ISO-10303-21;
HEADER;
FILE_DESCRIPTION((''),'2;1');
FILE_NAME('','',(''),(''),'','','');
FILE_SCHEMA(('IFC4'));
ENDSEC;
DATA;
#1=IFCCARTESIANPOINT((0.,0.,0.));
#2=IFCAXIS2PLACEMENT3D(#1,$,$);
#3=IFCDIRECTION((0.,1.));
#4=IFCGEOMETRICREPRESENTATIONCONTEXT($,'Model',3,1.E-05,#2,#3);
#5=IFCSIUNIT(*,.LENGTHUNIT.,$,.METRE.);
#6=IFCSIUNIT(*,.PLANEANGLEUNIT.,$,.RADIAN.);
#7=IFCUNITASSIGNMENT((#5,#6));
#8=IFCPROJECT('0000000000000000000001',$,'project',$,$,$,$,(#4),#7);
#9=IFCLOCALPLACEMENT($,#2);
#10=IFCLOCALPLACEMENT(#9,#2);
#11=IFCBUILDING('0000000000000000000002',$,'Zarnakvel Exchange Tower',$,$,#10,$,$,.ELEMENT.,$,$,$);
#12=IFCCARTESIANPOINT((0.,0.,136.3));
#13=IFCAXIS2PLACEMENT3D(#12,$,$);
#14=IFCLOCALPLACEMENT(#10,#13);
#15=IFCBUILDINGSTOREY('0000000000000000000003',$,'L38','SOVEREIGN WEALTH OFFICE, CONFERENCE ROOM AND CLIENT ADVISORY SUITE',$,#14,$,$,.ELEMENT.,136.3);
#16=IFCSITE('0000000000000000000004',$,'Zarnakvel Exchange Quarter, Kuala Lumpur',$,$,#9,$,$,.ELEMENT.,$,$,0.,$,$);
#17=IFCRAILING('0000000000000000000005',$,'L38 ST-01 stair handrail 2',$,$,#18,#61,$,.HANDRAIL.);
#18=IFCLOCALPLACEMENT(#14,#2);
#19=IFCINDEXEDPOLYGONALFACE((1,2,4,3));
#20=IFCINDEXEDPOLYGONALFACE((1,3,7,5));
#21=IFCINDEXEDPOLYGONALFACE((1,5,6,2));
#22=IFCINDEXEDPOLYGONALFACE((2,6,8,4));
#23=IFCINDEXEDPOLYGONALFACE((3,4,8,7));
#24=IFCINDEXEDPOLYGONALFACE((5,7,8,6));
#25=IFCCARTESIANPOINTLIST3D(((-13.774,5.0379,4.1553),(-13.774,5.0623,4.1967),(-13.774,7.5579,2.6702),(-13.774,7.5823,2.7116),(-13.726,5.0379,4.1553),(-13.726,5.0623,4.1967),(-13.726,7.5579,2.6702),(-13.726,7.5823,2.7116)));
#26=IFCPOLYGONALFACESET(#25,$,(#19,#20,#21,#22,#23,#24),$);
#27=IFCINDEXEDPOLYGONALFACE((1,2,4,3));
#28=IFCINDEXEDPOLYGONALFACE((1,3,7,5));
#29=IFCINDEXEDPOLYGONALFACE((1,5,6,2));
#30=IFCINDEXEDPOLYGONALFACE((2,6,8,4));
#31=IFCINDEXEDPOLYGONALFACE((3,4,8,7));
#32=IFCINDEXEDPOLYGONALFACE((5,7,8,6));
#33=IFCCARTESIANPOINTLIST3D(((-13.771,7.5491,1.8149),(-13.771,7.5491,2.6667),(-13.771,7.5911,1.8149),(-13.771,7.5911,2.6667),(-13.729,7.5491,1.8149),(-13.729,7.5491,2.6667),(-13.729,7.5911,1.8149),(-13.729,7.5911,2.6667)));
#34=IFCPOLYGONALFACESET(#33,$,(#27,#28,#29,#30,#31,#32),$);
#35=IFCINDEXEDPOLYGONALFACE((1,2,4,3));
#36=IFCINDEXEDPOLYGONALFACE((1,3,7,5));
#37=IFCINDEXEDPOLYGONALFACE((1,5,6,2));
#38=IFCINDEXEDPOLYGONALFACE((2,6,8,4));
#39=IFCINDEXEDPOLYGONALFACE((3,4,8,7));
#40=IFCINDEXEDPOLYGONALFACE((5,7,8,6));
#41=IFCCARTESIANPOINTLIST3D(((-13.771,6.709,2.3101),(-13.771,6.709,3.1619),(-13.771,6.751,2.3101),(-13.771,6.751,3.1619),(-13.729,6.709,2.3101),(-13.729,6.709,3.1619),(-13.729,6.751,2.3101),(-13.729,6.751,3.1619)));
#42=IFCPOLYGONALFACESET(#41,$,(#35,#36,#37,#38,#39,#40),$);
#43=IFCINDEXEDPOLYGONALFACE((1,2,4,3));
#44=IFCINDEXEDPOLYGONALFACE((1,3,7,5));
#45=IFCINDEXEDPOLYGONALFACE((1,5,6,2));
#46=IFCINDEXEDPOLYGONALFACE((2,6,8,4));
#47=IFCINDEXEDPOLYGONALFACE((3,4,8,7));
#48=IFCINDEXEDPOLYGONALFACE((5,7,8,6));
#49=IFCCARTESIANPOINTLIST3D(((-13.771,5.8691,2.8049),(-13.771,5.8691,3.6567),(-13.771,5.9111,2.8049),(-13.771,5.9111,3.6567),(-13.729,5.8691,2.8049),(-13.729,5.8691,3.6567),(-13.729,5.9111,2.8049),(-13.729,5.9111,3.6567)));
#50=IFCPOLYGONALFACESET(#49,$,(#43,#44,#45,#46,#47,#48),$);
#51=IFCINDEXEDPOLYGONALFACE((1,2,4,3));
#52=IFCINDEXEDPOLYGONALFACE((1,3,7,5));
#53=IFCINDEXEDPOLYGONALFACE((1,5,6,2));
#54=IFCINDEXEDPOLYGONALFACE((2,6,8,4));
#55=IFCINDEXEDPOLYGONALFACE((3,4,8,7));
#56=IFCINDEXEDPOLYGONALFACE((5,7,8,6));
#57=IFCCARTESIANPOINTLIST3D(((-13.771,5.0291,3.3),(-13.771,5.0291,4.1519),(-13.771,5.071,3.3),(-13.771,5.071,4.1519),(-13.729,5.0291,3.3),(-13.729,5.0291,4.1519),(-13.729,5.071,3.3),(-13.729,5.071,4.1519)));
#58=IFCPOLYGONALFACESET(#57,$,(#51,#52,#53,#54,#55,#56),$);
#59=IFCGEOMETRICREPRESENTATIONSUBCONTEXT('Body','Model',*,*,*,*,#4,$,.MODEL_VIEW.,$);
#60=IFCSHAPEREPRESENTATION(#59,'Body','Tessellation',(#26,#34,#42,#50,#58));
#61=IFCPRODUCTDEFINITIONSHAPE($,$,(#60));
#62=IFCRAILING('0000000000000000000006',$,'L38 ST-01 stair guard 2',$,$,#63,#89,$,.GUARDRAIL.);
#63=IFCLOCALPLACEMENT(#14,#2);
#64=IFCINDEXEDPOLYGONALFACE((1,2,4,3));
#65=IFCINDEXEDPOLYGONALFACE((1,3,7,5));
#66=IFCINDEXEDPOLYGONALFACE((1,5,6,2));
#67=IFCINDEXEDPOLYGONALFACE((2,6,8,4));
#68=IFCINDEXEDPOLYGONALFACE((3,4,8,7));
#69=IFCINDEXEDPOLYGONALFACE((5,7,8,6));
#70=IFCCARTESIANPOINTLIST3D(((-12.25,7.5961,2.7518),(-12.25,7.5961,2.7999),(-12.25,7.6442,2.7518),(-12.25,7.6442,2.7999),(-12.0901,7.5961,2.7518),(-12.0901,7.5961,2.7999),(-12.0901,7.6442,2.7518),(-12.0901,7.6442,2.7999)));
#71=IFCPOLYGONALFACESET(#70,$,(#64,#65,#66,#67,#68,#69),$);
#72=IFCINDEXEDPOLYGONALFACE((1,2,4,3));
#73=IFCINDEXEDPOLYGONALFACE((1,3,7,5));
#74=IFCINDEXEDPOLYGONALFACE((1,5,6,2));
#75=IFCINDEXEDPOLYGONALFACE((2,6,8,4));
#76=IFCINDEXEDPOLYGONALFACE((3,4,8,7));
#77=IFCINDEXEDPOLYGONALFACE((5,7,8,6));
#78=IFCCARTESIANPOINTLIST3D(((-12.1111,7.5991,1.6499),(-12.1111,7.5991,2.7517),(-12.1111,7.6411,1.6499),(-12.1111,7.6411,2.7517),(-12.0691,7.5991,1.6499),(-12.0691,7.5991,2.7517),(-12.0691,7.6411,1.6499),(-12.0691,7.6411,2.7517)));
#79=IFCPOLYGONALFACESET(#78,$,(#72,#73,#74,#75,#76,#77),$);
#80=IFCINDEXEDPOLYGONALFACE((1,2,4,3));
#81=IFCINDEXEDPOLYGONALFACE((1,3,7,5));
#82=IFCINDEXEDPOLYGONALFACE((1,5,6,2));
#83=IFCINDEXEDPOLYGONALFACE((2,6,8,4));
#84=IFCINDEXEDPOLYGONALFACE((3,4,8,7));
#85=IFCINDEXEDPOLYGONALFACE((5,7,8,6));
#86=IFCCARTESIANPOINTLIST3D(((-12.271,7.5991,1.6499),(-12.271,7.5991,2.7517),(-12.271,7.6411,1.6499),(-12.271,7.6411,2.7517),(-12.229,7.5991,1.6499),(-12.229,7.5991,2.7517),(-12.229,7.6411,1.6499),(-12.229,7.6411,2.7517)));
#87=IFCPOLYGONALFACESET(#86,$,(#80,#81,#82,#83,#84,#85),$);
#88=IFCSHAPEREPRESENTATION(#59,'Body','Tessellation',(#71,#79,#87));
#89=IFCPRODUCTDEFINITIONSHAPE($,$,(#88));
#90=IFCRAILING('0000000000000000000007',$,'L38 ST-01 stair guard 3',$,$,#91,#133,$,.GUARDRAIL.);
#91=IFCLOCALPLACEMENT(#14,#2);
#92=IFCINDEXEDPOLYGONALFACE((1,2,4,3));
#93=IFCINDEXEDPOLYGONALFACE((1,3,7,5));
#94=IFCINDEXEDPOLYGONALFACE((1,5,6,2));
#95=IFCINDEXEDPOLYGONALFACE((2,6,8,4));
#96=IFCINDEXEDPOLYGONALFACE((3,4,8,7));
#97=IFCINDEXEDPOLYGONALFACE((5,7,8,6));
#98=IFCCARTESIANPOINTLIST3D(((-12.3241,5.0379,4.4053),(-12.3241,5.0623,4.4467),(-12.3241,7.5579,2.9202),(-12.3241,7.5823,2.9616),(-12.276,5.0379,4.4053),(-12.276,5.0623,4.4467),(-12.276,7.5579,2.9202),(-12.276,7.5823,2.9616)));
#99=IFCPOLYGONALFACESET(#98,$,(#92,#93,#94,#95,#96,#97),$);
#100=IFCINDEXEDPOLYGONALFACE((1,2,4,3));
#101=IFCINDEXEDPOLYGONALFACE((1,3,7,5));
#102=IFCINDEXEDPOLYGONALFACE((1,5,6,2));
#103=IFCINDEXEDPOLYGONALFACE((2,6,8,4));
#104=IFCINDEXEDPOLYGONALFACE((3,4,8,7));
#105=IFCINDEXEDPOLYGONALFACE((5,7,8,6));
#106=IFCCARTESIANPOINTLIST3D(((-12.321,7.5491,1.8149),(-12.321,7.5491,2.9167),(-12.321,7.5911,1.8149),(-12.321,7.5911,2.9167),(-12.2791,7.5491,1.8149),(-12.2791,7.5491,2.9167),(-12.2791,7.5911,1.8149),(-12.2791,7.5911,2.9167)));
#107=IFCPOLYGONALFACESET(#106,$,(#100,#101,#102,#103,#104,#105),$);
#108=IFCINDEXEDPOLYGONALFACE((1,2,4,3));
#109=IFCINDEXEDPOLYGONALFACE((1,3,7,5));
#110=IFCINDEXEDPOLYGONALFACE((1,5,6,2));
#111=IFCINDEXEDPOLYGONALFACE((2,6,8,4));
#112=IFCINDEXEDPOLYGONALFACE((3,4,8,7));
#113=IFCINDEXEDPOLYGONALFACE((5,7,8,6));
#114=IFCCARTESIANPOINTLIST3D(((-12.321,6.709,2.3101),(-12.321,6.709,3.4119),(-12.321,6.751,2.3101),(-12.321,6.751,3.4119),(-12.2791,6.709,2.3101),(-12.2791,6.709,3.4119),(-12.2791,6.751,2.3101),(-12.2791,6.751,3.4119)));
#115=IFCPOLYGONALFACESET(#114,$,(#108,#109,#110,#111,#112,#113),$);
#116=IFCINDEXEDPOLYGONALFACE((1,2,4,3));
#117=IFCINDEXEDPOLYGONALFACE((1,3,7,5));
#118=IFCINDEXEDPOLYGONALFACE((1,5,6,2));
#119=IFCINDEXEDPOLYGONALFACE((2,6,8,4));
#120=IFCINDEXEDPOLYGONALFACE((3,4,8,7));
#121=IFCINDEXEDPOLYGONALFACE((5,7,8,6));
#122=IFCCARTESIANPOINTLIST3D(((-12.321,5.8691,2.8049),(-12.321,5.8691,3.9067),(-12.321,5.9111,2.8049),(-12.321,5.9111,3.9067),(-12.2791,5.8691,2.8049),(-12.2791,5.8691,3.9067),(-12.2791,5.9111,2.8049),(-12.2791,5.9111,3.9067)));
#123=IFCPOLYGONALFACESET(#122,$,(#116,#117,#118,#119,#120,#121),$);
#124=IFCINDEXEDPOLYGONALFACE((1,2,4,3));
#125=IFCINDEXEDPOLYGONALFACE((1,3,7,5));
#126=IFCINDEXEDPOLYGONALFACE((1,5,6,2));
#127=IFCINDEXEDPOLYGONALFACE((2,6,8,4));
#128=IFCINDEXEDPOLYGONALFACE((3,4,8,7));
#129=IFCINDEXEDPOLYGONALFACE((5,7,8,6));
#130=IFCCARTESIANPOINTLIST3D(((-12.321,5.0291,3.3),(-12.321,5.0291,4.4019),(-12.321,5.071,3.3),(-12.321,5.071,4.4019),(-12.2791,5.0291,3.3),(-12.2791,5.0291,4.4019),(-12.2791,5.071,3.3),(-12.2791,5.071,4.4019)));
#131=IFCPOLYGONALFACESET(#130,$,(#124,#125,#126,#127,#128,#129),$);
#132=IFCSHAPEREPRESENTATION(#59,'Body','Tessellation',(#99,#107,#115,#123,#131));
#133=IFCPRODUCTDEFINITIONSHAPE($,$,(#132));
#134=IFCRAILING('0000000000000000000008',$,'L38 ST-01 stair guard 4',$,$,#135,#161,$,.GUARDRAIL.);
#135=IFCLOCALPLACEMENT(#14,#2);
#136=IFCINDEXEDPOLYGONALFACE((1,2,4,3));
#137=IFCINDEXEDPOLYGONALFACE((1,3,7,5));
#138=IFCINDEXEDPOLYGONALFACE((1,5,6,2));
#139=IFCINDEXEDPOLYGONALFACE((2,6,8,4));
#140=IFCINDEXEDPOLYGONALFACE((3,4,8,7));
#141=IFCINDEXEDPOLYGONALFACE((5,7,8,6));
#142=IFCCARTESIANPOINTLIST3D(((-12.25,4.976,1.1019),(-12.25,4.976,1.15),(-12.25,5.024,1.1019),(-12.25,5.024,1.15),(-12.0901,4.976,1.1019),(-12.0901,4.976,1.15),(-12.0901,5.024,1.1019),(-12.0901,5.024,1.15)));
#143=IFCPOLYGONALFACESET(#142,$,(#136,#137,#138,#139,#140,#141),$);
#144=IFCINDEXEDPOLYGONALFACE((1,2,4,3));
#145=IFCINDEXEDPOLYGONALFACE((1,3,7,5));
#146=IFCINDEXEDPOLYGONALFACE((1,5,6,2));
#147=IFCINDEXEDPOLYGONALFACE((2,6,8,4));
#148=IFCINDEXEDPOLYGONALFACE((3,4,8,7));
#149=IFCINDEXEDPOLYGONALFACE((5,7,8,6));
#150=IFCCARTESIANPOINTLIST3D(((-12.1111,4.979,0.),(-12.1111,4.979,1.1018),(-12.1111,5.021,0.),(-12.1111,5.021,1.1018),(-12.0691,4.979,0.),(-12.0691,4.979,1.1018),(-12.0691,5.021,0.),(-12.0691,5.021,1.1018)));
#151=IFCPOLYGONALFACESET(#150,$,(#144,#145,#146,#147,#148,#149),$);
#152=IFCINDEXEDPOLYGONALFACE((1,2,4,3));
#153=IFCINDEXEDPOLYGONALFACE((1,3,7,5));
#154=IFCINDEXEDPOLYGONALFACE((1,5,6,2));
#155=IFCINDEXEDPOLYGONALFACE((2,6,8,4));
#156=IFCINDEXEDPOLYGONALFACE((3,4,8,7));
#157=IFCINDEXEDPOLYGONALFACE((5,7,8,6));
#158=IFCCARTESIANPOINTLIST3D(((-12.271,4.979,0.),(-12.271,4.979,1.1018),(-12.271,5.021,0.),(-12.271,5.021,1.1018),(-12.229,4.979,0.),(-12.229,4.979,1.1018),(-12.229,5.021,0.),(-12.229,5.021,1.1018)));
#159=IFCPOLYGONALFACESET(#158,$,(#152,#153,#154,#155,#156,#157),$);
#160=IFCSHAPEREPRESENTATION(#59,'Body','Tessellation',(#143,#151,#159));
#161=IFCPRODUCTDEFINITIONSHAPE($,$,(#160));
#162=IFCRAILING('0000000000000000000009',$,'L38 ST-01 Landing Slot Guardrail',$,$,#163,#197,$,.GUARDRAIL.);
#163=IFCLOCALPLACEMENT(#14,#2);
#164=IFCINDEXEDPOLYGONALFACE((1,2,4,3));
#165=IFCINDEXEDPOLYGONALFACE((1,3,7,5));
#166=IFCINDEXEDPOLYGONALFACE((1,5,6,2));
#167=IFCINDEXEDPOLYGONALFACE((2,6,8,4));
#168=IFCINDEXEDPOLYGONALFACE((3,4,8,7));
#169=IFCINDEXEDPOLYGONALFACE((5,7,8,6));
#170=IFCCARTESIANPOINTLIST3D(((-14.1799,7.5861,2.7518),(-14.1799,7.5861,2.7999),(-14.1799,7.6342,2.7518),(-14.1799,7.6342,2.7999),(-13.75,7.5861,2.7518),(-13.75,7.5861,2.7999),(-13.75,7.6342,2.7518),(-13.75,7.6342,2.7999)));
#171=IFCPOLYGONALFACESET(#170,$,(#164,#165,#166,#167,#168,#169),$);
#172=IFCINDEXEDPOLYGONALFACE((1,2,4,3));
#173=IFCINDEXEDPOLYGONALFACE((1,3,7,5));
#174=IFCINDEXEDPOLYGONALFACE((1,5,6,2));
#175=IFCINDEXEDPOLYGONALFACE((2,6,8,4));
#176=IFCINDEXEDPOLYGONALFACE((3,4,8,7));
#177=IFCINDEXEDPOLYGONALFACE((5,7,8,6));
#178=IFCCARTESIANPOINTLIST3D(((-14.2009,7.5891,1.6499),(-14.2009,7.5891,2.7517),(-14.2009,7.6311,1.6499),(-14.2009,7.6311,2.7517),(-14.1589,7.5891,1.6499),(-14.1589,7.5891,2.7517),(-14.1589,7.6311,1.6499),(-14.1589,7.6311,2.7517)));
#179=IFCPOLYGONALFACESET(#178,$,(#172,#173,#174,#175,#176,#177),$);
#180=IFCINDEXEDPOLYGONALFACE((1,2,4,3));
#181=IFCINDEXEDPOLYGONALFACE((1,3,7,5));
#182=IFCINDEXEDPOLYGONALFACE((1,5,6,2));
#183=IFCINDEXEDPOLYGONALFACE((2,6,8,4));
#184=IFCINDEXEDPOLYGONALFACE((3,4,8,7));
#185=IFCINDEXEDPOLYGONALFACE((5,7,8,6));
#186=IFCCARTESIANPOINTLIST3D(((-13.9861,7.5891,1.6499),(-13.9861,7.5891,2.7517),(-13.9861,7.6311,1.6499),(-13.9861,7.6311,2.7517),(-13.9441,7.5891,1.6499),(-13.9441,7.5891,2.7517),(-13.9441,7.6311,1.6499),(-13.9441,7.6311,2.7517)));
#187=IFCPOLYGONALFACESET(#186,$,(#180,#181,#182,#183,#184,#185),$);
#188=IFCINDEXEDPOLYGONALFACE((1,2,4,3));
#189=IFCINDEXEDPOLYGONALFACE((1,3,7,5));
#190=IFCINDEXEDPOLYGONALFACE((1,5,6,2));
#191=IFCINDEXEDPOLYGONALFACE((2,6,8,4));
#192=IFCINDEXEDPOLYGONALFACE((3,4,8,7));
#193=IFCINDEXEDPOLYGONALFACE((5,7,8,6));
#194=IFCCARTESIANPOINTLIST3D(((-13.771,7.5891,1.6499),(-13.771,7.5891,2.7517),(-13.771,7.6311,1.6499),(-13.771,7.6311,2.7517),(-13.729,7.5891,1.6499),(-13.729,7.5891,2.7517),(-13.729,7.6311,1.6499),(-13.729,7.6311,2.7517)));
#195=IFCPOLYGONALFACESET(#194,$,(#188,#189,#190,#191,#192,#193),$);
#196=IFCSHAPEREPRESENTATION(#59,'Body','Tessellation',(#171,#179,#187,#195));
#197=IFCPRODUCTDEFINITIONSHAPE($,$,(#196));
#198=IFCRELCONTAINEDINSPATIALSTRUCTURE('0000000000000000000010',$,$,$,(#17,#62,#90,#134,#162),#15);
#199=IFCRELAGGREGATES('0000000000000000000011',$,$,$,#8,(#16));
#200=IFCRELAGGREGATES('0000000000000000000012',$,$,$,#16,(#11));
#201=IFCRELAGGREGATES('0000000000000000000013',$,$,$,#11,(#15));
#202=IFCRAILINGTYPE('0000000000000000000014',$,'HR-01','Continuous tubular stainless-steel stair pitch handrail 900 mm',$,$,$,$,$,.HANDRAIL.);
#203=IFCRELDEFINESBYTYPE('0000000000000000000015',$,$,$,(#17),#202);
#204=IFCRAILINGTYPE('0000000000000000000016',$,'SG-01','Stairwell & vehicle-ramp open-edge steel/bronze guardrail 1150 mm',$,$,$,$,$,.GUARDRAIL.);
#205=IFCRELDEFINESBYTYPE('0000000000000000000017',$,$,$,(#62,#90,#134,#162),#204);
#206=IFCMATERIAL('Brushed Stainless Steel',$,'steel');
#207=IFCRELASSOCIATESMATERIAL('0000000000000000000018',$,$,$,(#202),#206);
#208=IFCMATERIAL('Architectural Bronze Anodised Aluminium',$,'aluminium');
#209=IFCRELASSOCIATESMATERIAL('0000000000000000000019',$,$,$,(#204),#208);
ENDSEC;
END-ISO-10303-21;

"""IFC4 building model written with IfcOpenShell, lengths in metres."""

from ifc_helpers import new_model, si_unit, direction, frame, origin, origin_2d, place, context, subcontext, project, spatial, rectangle, extrude, material, type_object, element, save


model = new_model("IFC4")

# Units and contexts
model_context = context("Model", 3, precision=1e-05, world=origin(), true_north=direction((0.0, 1.0)))
body_context = subcontext(model_context, "Body", "Model", "MODEL_VIEW")
ifc_project = project(units=[si_unit("LENGTHUNIT", "METRE"), si_unit("PLANEANGLEUNIT", "RADIAN")], contexts=[model_context])

# Site, building, storey
site_placement = place(None, origin())
site = spatial("IfcSite", under=ifc_project, at=site_placement, Name="Zarnakvel Exchange Quarter, Kuala Lumpur", CompositionType="ELEMENT", RefElevation=0.0)
building_placement = place(site_placement, origin())
building = spatial("IfcBuilding", under=site, at=building_placement, Name="Zarnakvel Exchange Tower", CompositionType="ELEMENT")
storey_placement = place(building_placement, frame((0.0, 0.0, 136.3)))
storey = spatial("IfcBuildingStorey", under=building, at=storey_placement, Name="L38", Description="SOVEREIGN WEALTH OFFICE, CONFERENCE ROOM AND CLIENT ADVISORY SUITE", CompositionType="ELEMENT", Elevation=136.3)

# Shared definitions
ifc_material_1 = material(Name="Architectural Bronze Anodised Aluminium", Category="aluminium")

# Railings
ifc_material_2 = material(Name="Brushed Stainless Steel", Category="steel")
railing_type_1 = type_object("IfcRailingType", Name="HR-01", Description="Continuous tubular stainless-steel stair pitch handrail 900 mm", PredefinedType="HANDRAIL", material=ifc_material_2)
railing_1_placement = place(storey_placement, frame((-13.75, 7.5701, 1.8149)))
element("IfcRailing", 1, at=railing_1_placement, inside=storey, type_object=railing_type_1, Name="L38 ST-01 stair handrail 2", PredefinedType="HANDRAIL", context=body_context, shape_type="SweptSolid", body=[
    extrude(rectangle(XDim=0.0481, YDim=0.0481, at=origin_2d()), frame((0.0, 0.0, 0.876), z_axis=(0.0, -0.861524, 0.507717), x_axis=(1.0, 0.0, 0.0)), (0.0, 0.0, 1.0), 2.925),
    extrude(rectangle(XDim=0.042, YDim=0.042, at=origin_2d()), origin(), (0.0, 0.0, 1.0), 0.8518),
    extrude(rectangle(XDim=0.042, YDim=0.042, at=origin_2d()), frame((0.0, -0.8401, 0.4951)), (0.0, 0.0, 1.0), 0.8518),
    extrude(rectangle(XDim=0.042, YDim=0.042, at=origin_2d()), frame((0.0, -1.6799, 0.99)), (0.0, 0.0, 1.0), 0.8518),
    extrude(rectangle(XDim=0.042, YDim=0.042, at=origin_2d()), frame((0.0, -2.52, 1.4851)), (0.0, 0.0, 1.0), 0.8518),
])
railing_type_2 = type_object("IfcRailingType", Name="SG-01", Description="Stairwell & vehicle-ramp open-edge steel/bronze guardrail 1150 mm", PredefinedType="GUARDRAIL", material=ifc_material_1)
railing_2_placement = place(storey_placement, frame((-12.0901, 7.6201, 1.6499)))
element("IfcRailing", 2, at=railing_2_placement, inside=storey, type_object=railing_type_2, Name="L38 ST-01 stair guard 2", PredefinedType="GUARDRAIL", context=body_context, shape_type="SweptSolid", body=[
    extrude(rectangle(XDim=0.0481, YDim=0.0481, at=origin_2d()), frame((0.0, 0.0, 1.126), z_axis=(-1.0, 0.0, 0.0), x_axis=(0.0, -1.0, 0.0)), (0.0, 0.0, 1.0), 0.1599),
    extrude(rectangle(XDim=0.042, YDim=0.042, at=origin_2d()), origin(), (0.0, 0.0, 1.0), 1.1018),
    extrude(rectangle(XDim=0.042, YDim=0.042, at=origin_2d()), frame((-0.1599, 0.0, 0.0)), (0.0, 0.0, 1.0), 1.1018),
])
railing_3_placement = place(storey_placement, frame((-12.3, 7.5701, 1.8149)))
element("IfcRailing", 3, at=railing_3_placement, inside=storey, type_object=railing_type_2, Name="L38 ST-01 stair guard 3", PredefinedType="GUARDRAIL", context=body_context, shape_type="SweptSolid", body=[
    extrude(rectangle(XDim=0.0481, YDim=0.0481, at=origin_2d()), frame((0.0, 0.0, 1.126), z_axis=(0.0, -0.861524, 0.507717), x_axis=(1.0, 0.0, 0.0)), (0.0, 0.0, 1.0), 2.925),
    extrude(rectangle(XDim=0.042, YDim=0.042, at=origin_2d()), origin(), (0.0, 0.0, 1.0), 1.1018),
    extrude(rectangle(XDim=0.042, YDim=0.042, at=origin_2d()), frame((0.0, -0.8401, 0.4951)), (0.0, 0.0, 1.0), 1.1018),
    extrude(rectangle(XDim=0.042, YDim=0.042, at=origin_2d()), frame((0.0, -1.6799, 0.99)), (0.0, 0.0, 1.0), 1.1018),
    extrude(rectangle(XDim=0.042, YDim=0.042, at=origin_2d()), frame((0.0, -2.52, 1.4851)), (0.0, 0.0, 1.0), 1.1018),
])
railing_4_placement = place(storey_placement, frame((-12.0901, 5.0, 0.0)))
element("IfcRailing", 4, at=railing_4_placement, inside=storey, type_object=railing_type_2, Name="L38 ST-01 stair guard 4", PredefinedType="GUARDRAIL", context=body_context, shape_type="SweptSolid", body=[
    extrude(rectangle(XDim=0.0481, YDim=0.0481, at=origin_2d()), frame((0.0, 0.0, 1.126), z_axis=(-1.0, 0.0, 0.0), x_axis=(0.0, -1.0, 0.0)), (0.0, 0.0, 1.0), 0.1599),
    extrude(rectangle(XDim=0.042, YDim=0.042, at=origin_2d()), origin(), (0.0, 0.0, 1.0), 1.1018),
    extrude(rectangle(XDim=0.042, YDim=0.042, at=origin_2d()), frame((-0.1599, 0.0, 0.0)), (0.0, 0.0, 1.0), 1.1018),
])
railing_5_placement = place(storey_placement, frame((-14.1799, 7.6101, 1.6499)))
element("IfcRailing", 5, at=railing_5_placement, inside=storey, type_object=railing_type_2, Name="L38 ST-01 Landing Slot Guardrail", PredefinedType="GUARDRAIL", context=body_context, shape_type="SweptSolid", body=[
    extrude(rectangle(XDim=0.0481, YDim=0.0481, at=origin_2d()), frame((0.0, 0.0, 1.126), z_axis=(1.0, 0.0, 0.0), x_axis=(0.0, 1.0, 0.0)), (0.0, 0.0, 1.0), 0.4299),
    extrude(rectangle(XDim=0.042, YDim=0.042, at=origin_2d()), origin(), (0.0, 0.0, 1.0), 1.1018),
    extrude(rectangle(XDim=0.042, YDim=0.042, at=origin_2d()), frame((0.2148, 0.0, 0.0)), (0.0, 0.0, 1.0), 1.1018),
    extrude(rectangle(XDim=0.042, YDim=0.042, at=origin_2d()), frame((0.4299, 0.0, 0.0)), (0.0, 0.0, 1.0), 1.1018),
])

save(model, "model.ifc")
